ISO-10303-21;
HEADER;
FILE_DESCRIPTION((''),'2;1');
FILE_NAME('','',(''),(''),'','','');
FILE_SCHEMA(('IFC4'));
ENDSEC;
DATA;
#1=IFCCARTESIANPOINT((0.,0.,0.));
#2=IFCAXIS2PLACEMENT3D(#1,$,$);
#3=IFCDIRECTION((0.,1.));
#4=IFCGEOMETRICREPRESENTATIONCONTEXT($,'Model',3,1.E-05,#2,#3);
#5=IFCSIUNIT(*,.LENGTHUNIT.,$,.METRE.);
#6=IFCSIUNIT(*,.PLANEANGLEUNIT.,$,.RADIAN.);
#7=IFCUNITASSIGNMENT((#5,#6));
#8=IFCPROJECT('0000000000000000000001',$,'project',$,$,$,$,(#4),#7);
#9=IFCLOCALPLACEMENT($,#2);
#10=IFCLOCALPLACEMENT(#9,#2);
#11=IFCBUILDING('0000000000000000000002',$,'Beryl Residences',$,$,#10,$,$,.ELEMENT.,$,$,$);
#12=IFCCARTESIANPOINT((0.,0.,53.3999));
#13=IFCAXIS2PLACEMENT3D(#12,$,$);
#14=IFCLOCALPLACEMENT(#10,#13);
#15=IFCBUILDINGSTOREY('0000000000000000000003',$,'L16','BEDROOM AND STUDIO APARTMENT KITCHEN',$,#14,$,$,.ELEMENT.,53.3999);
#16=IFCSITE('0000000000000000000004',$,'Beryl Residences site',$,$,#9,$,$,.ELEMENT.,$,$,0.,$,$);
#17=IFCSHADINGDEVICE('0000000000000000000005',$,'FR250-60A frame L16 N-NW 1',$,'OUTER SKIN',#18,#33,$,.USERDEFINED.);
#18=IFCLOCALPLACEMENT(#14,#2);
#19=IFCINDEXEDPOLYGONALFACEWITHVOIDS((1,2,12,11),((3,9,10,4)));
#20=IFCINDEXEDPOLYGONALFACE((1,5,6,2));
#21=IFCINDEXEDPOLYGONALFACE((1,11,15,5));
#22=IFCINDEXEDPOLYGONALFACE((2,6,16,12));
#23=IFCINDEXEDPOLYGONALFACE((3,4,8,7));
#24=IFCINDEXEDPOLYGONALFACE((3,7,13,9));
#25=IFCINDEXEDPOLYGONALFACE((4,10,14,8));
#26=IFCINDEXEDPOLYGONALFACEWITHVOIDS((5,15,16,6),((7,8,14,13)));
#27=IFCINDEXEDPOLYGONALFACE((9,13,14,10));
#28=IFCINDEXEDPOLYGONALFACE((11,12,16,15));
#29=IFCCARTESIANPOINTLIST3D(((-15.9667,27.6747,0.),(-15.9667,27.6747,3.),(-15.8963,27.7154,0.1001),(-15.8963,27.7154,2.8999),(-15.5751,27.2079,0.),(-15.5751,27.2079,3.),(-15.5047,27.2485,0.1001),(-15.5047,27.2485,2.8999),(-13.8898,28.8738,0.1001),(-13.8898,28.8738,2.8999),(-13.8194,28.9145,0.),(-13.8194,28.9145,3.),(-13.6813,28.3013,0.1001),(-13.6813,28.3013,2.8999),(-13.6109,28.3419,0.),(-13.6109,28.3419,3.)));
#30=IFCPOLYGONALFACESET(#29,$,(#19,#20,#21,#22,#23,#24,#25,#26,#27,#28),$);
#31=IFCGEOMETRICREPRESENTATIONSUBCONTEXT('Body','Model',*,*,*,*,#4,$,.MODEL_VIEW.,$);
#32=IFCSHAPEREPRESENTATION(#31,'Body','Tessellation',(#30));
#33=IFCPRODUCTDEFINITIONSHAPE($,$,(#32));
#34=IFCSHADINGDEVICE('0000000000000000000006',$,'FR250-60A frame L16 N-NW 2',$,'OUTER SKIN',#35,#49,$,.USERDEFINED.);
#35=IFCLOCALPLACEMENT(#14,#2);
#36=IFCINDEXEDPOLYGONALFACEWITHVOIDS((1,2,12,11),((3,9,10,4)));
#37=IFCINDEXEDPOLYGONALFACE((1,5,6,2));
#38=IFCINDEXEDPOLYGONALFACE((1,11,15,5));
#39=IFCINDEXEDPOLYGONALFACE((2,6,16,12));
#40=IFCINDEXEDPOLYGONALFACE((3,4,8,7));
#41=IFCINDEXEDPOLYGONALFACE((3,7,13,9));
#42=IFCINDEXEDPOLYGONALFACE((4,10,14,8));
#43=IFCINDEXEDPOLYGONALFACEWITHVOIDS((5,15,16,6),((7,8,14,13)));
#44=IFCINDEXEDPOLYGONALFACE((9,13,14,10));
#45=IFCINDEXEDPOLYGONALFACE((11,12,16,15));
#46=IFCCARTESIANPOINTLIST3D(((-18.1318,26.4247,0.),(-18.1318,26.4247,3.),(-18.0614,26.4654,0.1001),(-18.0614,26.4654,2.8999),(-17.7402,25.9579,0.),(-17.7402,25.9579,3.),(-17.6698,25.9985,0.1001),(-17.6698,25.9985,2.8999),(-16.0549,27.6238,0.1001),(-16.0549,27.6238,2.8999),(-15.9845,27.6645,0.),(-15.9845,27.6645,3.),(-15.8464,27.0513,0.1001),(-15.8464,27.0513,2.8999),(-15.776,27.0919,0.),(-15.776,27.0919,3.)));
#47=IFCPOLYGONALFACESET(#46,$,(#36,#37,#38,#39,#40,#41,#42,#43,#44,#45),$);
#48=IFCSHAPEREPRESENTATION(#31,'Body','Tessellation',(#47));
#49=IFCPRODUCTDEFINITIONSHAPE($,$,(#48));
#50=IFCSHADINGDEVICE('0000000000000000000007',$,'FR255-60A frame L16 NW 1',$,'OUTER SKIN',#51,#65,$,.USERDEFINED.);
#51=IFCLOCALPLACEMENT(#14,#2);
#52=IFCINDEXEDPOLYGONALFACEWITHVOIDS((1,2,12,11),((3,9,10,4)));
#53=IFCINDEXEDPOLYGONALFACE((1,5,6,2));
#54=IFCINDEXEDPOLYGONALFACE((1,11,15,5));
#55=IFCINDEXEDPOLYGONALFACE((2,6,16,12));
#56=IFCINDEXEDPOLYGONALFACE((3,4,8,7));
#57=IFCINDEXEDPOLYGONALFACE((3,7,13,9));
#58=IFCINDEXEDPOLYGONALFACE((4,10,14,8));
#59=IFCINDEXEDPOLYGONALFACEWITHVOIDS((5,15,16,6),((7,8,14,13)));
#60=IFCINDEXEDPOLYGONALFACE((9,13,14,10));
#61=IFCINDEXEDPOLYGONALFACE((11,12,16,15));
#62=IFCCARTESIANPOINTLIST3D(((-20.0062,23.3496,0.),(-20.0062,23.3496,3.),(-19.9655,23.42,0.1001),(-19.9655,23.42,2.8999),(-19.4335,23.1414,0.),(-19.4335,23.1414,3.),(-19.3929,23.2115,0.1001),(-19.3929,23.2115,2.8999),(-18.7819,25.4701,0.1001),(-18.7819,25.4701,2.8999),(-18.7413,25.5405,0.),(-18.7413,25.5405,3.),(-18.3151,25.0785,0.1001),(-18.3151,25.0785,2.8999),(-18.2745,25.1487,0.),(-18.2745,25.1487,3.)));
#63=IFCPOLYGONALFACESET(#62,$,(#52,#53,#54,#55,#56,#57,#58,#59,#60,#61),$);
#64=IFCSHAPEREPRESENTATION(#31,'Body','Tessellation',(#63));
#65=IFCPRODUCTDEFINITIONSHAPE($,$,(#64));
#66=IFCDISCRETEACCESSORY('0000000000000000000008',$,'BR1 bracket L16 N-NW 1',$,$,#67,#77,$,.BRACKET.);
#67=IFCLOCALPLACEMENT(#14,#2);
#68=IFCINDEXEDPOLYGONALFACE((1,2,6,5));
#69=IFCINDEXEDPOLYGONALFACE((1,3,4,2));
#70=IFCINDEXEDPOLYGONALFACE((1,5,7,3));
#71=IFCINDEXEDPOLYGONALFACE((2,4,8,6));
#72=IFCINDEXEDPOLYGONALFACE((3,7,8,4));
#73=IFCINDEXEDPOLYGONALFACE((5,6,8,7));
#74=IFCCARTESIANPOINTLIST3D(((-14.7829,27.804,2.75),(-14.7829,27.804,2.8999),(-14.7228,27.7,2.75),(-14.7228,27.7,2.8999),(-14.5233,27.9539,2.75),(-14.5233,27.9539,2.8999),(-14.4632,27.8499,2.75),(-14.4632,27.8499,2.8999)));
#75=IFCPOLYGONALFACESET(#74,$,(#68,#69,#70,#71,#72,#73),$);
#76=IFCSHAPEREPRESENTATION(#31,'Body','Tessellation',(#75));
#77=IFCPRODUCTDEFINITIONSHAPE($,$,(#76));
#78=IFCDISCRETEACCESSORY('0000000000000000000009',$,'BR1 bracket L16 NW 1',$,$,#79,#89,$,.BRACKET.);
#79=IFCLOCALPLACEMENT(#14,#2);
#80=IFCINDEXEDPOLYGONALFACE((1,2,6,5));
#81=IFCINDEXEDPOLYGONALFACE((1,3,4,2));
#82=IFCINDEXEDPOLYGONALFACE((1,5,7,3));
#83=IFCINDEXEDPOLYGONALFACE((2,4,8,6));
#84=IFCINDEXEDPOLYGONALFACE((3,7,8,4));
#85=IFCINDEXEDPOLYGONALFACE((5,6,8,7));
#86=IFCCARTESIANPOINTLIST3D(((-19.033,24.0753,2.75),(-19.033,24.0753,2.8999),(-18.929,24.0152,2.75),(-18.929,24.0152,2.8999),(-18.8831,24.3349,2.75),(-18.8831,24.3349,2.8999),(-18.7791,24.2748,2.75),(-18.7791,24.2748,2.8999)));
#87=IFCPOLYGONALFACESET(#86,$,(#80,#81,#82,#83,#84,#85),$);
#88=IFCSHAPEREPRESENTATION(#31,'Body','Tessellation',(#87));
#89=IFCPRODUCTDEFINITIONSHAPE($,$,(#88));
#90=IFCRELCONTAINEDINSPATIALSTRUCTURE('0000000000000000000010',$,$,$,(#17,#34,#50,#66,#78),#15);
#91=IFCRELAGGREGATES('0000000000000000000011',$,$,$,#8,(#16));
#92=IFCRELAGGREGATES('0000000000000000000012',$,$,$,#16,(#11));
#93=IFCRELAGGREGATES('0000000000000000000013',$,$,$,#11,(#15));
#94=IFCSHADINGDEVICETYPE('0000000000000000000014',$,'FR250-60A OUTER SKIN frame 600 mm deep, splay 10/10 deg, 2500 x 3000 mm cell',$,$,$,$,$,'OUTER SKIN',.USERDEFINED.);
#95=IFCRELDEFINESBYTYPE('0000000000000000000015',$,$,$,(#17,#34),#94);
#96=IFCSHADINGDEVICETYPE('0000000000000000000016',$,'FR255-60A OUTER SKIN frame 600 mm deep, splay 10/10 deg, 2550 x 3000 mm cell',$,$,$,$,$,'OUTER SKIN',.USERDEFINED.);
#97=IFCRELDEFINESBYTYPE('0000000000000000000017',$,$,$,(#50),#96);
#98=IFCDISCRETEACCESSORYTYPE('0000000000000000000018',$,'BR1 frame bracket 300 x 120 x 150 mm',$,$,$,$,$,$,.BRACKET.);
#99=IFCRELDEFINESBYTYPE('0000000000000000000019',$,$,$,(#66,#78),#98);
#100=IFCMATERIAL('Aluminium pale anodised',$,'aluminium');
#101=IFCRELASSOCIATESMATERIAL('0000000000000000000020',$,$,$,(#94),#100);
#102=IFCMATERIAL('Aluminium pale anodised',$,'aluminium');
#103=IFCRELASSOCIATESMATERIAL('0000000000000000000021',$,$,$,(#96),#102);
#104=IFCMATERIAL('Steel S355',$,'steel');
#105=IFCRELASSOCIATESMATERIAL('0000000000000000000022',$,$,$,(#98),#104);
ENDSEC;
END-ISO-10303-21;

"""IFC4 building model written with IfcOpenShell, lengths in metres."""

from ifc_helpers import new_model, entity, si_unit, direction, frame, origin, place, context, subcontext, project, spatial, polyline, outline, extrude, source, transform, mapped, material, type_object, type_shapes, element, save


model = new_model("IFC4")

# Units and contexts
model_context = context("Model", 3, precision=1e-05, world=origin(), true_north=direction((0.0, 1.0)))
body_context = subcontext(model_context, "Body", "Model", "MODEL_VIEW")
ifc_project = project(units=[si_unit("LENGTHUNIT", "METRE"), si_unit("PLANEANGLEUNIT", "RADIAN")], contexts=[model_context])

# Site, building, storey
site_placement = place(None, origin())
site = spatial("IfcSite", under=ifc_project, at=site_placement, Name="Beryl Residences site", CompositionType="ELEMENT", RefElevation=0.0)
building_placement = place(site_placement, origin())
building = spatial("IfcBuilding", under=site, at=building_placement, Name="Beryl Residences", CompositionType="ELEMENT")
storey_placement = place(building_placement, frame((0.0, 0.0, 53.3999)))
storey = spatial("IfcBuildingStorey", under=building, at=storey_placement, Name="L16", Description="BEDROOM AND STUDIO APARTMENT KITCHEN", CompositionType="ELEMENT", Elevation=53.3999)

# Shading devices
ifc_material_1 = material(Name="Aluminium pale anodised", Category="aluminium")
shading_device_type_1 = type_object("IfcShadingDeviceType", Name="FR250-60A OUTER SKIN frame 600 mm deep, splay 10/10 deg, 2500 x 3000 mm cell", ElementType="OUTER SKIN", PredefinedType="USERDEFINED", material=ifc_material_1)
cartesian_point_1 = entity("IfcCartesianPoint", [-1.134, 0.0])
cartesian_point_2 = entity("IfcCartesianPoint", [-1.0527, 0.1001])
cartesian_point_3 = entity("IfcCartesianPoint", [-1.2397, 0.0])
cartesian_point_4 = entity("IfcCartesianPoint", [-1.1584, 0.1001])
shared_shape_1 = source(origin(), body_context, "Body", "SweptSolid", [
    entity("IfcExtrudedAreaSolidTapered", entity("IfcArbitraryProfileDefWithVoids", "AREA", None, entity("IfcPolyline", [cartesian_point_1, entity("IfcCartesianPoint", [1.134, 0.0]), entity("IfcCartesianPoint", [1.134, 3.0]), entity("IfcCartesianPoint", [-1.134, 3.0]), cartesian_point_1]), [entity("IfcPolyline", [cartesian_point_2, entity("IfcCartesianPoint", [1.0527, 0.1001]), entity("IfcCartesianPoint", [1.0527, 2.8999]), entity("IfcCartesianPoint", [-1.0527, 2.8999]), cartesian_point_2])]), entity("IfcAxis2Placement3D", entity("IfcCartesianPoint", [0.0, 0.0, 0.0]), entity("IfcDirection", [0.0, 1.0, 0.0]), entity("IfcDirection", [-1.0, 0.0, 0.0])), entity("IfcDirection", [0.0, 0.0, 1.0]), 0.6001, entity("IfcArbitraryProfileDefWithVoids", "AREA", None, entity("IfcPolyline", [cartesian_point_3, entity("IfcCartesianPoint", [1.2397, 0.0]), entity("IfcCartesianPoint", [1.2397, 3.0]), entity("IfcCartesianPoint", [-1.2397, 3.0]), cartesian_point_3]), [entity("IfcPolyline", [cartesian_point_4, entity("IfcCartesianPoint", [1.1584, 0.1001]), entity("IfcCartesianPoint", [1.1584, 2.8999]), entity("IfcCartesianPoint", [-1.1584, 2.8999]), cartesian_point_4])])),
])
type_shapes(shading_device_type_1, [shared_shape_1])
for number, where, z_axis, x_axis, name in (
    (1, (-14.593, 27.7749, 0.0), (0.0, 0.0, 1.0), (0.866025, 0.5, 0.0), "FR250-60A frame L16 N-NW 1"),
    (2, (-16.7581, 26.5249, 0.0), (0.0, 0.0, 1.0), (0.866025, 0.5, 0.0), "FR250-60A frame L16 N-NW 2"),
):
    element("IfcShadingDevice", number, at=place(storey_placement, frame(where, z_axis=z_axis, x_axis=x_axis)), inside=storey, type_object=shading_device_type_1, Name=name, ObjectType="OUTER SKIN", PredefinedType="USERDEFINED", context=body_context, shape_type="MappedRepresentation", body=[
        mapped(shared_shape_1, transform((0.0, 0.0, 0.0))),
    ])
ifc_material_2 = material(Name="Aluminium pale anodised", Category="aluminium")
shading_device_type_2 = type_object("IfcShadingDeviceType", Name="FR255-60A OUTER SKIN frame 600 mm deep, splay 10/10 deg, 2550 x 3000 mm cell", ElementType="OUTER SKIN", PredefinedType="USERDEFINED", material=ifc_material_2)
cartesian_point_5 = entity("IfcCartesianPoint", [-1.1589, 0.0])
cartesian_point_6 = entity("IfcCartesianPoint", [-1.0779, 0.1001])
cartesian_point_7 = entity("IfcCartesianPoint", [-1.2649, 0.0])
cartesian_point_8 = entity("IfcCartesianPoint", [-1.1836, 0.1001])
shared_shape_2 = source(origin(), body_context, "Body", "SweptSolid", [
    entity("IfcExtrudedAreaSolidTapered", entity("IfcArbitraryProfileDefWithVoids", "AREA", None, entity("IfcPolyline", [cartesian_point_5, entity("IfcCartesianPoint", [1.1589, 0.0]), entity("IfcCartesianPoint", [1.1589, 3.0]), entity("IfcCartesianPoint", [-1.1589, 3.0]), cartesian_point_5]), [entity("IfcPolyline", [cartesian_point_6, entity("IfcCartesianPoint", [1.0779, 0.1001]), entity("IfcCartesianPoint", [1.0779, 2.8999]), entity("IfcCartesianPoint", [-1.0779, 2.8999]), cartesian_point_6])]), entity("IfcAxis2Placement3D", entity("IfcCartesianPoint", [0.0, 0.0, 0.0]), entity("IfcDirection", [0.0, 1.0, 0.0]), entity("IfcDirection", [-1.0, 0.0, 0.0])), entity("IfcDirection", [0.0, 0.0, 1.0]), 0.6001, entity("IfcArbitraryProfileDefWithVoids", "AREA", None, entity("IfcPolyline", [cartesian_point_7, entity("IfcCartesianPoint", [1.2649, 0.0]), entity("IfcCartesianPoint", [1.2649, 3.0]), entity("IfcCartesianPoint", [-1.2649, 3.0]), cartesian_point_7]), [entity("IfcPolyline", [cartesian_point_8, entity("IfcCartesianPoint", [1.1836, 0.1001]), entity("IfcCartesianPoint", [1.1836, 2.8999]), entity("IfcCartesianPoint", [-1.1836, 2.8999]), cartesian_point_8])])),
])
type_shapes(shading_device_type_2, [shared_shape_2])
shading_device_placement = place(storey_placement, frame((-18.854, 24.145, 0.0), z_axis=(0.0, 0.0, 1.0), x_axis=(0.5, 0.866025, 0.0)))
element("IfcShadingDevice", 3, at=shading_device_placement, inside=storey, type_object=shading_device_type_2, Name="FR255-60A frame L16 NW 1", ObjectType="OUTER SKIN", PredefinedType="USERDEFINED", context=body_context, shape_type="MappedRepresentation", body=[
    mapped(shared_shape_2, transform((0.0, 0.0, 0.0))),
])

# Discrete accessories
ifc_material_3 = material(Name="Steel S355", Category="steel")
discrete_accessory_type = type_object("IfcDiscreteAccessoryType", Name="BR1 frame bracket 300 x 120 x 150 mm", PredefinedType="BRACKET", material=ifc_material_3)
shared_shape_3 = source(origin(), body_context, "Body", "SweptSolid", [
    extrude(outline(polyline([(-0.1499, 0.0), (0.1499, 0.0), (0.1499, 0.1201), (-0.1499, 0.1201), (-0.1499, 0.0)])), origin(), (0.0, 0.0, 1.0), 0.1499),
])
type_shapes(discrete_accessory_type, [shared_shape_3])
for number, where, z_axis, x_axis, name in (
    (4, (-14.593, 27.7749, 2.75), (0.0, 0.0, 1.0), (0.866025, 0.5, 0.0), "BR1 bracket L16 N-NW 1"),
    (5, (-18.854, 24.145, 2.75), (0.0, 0.0, 1.0), (0.5, 0.866025, 0.0), "BR1 bracket L16 NW 1"),
):
    element("IfcDiscreteAccessory", number, at=place(storey_placement, frame(where, z_axis=z_axis, x_axis=x_axis)), inside=storey, type_object=discrete_accessory_type, Name=name, PredefinedType="BRACKET", context=body_context, shape_type="MappedRepresentation", body=[
        mapped(shared_shape_3, transform((0.0, 0.0, 0.0))),
    ])

save(model, "model.ifc")
